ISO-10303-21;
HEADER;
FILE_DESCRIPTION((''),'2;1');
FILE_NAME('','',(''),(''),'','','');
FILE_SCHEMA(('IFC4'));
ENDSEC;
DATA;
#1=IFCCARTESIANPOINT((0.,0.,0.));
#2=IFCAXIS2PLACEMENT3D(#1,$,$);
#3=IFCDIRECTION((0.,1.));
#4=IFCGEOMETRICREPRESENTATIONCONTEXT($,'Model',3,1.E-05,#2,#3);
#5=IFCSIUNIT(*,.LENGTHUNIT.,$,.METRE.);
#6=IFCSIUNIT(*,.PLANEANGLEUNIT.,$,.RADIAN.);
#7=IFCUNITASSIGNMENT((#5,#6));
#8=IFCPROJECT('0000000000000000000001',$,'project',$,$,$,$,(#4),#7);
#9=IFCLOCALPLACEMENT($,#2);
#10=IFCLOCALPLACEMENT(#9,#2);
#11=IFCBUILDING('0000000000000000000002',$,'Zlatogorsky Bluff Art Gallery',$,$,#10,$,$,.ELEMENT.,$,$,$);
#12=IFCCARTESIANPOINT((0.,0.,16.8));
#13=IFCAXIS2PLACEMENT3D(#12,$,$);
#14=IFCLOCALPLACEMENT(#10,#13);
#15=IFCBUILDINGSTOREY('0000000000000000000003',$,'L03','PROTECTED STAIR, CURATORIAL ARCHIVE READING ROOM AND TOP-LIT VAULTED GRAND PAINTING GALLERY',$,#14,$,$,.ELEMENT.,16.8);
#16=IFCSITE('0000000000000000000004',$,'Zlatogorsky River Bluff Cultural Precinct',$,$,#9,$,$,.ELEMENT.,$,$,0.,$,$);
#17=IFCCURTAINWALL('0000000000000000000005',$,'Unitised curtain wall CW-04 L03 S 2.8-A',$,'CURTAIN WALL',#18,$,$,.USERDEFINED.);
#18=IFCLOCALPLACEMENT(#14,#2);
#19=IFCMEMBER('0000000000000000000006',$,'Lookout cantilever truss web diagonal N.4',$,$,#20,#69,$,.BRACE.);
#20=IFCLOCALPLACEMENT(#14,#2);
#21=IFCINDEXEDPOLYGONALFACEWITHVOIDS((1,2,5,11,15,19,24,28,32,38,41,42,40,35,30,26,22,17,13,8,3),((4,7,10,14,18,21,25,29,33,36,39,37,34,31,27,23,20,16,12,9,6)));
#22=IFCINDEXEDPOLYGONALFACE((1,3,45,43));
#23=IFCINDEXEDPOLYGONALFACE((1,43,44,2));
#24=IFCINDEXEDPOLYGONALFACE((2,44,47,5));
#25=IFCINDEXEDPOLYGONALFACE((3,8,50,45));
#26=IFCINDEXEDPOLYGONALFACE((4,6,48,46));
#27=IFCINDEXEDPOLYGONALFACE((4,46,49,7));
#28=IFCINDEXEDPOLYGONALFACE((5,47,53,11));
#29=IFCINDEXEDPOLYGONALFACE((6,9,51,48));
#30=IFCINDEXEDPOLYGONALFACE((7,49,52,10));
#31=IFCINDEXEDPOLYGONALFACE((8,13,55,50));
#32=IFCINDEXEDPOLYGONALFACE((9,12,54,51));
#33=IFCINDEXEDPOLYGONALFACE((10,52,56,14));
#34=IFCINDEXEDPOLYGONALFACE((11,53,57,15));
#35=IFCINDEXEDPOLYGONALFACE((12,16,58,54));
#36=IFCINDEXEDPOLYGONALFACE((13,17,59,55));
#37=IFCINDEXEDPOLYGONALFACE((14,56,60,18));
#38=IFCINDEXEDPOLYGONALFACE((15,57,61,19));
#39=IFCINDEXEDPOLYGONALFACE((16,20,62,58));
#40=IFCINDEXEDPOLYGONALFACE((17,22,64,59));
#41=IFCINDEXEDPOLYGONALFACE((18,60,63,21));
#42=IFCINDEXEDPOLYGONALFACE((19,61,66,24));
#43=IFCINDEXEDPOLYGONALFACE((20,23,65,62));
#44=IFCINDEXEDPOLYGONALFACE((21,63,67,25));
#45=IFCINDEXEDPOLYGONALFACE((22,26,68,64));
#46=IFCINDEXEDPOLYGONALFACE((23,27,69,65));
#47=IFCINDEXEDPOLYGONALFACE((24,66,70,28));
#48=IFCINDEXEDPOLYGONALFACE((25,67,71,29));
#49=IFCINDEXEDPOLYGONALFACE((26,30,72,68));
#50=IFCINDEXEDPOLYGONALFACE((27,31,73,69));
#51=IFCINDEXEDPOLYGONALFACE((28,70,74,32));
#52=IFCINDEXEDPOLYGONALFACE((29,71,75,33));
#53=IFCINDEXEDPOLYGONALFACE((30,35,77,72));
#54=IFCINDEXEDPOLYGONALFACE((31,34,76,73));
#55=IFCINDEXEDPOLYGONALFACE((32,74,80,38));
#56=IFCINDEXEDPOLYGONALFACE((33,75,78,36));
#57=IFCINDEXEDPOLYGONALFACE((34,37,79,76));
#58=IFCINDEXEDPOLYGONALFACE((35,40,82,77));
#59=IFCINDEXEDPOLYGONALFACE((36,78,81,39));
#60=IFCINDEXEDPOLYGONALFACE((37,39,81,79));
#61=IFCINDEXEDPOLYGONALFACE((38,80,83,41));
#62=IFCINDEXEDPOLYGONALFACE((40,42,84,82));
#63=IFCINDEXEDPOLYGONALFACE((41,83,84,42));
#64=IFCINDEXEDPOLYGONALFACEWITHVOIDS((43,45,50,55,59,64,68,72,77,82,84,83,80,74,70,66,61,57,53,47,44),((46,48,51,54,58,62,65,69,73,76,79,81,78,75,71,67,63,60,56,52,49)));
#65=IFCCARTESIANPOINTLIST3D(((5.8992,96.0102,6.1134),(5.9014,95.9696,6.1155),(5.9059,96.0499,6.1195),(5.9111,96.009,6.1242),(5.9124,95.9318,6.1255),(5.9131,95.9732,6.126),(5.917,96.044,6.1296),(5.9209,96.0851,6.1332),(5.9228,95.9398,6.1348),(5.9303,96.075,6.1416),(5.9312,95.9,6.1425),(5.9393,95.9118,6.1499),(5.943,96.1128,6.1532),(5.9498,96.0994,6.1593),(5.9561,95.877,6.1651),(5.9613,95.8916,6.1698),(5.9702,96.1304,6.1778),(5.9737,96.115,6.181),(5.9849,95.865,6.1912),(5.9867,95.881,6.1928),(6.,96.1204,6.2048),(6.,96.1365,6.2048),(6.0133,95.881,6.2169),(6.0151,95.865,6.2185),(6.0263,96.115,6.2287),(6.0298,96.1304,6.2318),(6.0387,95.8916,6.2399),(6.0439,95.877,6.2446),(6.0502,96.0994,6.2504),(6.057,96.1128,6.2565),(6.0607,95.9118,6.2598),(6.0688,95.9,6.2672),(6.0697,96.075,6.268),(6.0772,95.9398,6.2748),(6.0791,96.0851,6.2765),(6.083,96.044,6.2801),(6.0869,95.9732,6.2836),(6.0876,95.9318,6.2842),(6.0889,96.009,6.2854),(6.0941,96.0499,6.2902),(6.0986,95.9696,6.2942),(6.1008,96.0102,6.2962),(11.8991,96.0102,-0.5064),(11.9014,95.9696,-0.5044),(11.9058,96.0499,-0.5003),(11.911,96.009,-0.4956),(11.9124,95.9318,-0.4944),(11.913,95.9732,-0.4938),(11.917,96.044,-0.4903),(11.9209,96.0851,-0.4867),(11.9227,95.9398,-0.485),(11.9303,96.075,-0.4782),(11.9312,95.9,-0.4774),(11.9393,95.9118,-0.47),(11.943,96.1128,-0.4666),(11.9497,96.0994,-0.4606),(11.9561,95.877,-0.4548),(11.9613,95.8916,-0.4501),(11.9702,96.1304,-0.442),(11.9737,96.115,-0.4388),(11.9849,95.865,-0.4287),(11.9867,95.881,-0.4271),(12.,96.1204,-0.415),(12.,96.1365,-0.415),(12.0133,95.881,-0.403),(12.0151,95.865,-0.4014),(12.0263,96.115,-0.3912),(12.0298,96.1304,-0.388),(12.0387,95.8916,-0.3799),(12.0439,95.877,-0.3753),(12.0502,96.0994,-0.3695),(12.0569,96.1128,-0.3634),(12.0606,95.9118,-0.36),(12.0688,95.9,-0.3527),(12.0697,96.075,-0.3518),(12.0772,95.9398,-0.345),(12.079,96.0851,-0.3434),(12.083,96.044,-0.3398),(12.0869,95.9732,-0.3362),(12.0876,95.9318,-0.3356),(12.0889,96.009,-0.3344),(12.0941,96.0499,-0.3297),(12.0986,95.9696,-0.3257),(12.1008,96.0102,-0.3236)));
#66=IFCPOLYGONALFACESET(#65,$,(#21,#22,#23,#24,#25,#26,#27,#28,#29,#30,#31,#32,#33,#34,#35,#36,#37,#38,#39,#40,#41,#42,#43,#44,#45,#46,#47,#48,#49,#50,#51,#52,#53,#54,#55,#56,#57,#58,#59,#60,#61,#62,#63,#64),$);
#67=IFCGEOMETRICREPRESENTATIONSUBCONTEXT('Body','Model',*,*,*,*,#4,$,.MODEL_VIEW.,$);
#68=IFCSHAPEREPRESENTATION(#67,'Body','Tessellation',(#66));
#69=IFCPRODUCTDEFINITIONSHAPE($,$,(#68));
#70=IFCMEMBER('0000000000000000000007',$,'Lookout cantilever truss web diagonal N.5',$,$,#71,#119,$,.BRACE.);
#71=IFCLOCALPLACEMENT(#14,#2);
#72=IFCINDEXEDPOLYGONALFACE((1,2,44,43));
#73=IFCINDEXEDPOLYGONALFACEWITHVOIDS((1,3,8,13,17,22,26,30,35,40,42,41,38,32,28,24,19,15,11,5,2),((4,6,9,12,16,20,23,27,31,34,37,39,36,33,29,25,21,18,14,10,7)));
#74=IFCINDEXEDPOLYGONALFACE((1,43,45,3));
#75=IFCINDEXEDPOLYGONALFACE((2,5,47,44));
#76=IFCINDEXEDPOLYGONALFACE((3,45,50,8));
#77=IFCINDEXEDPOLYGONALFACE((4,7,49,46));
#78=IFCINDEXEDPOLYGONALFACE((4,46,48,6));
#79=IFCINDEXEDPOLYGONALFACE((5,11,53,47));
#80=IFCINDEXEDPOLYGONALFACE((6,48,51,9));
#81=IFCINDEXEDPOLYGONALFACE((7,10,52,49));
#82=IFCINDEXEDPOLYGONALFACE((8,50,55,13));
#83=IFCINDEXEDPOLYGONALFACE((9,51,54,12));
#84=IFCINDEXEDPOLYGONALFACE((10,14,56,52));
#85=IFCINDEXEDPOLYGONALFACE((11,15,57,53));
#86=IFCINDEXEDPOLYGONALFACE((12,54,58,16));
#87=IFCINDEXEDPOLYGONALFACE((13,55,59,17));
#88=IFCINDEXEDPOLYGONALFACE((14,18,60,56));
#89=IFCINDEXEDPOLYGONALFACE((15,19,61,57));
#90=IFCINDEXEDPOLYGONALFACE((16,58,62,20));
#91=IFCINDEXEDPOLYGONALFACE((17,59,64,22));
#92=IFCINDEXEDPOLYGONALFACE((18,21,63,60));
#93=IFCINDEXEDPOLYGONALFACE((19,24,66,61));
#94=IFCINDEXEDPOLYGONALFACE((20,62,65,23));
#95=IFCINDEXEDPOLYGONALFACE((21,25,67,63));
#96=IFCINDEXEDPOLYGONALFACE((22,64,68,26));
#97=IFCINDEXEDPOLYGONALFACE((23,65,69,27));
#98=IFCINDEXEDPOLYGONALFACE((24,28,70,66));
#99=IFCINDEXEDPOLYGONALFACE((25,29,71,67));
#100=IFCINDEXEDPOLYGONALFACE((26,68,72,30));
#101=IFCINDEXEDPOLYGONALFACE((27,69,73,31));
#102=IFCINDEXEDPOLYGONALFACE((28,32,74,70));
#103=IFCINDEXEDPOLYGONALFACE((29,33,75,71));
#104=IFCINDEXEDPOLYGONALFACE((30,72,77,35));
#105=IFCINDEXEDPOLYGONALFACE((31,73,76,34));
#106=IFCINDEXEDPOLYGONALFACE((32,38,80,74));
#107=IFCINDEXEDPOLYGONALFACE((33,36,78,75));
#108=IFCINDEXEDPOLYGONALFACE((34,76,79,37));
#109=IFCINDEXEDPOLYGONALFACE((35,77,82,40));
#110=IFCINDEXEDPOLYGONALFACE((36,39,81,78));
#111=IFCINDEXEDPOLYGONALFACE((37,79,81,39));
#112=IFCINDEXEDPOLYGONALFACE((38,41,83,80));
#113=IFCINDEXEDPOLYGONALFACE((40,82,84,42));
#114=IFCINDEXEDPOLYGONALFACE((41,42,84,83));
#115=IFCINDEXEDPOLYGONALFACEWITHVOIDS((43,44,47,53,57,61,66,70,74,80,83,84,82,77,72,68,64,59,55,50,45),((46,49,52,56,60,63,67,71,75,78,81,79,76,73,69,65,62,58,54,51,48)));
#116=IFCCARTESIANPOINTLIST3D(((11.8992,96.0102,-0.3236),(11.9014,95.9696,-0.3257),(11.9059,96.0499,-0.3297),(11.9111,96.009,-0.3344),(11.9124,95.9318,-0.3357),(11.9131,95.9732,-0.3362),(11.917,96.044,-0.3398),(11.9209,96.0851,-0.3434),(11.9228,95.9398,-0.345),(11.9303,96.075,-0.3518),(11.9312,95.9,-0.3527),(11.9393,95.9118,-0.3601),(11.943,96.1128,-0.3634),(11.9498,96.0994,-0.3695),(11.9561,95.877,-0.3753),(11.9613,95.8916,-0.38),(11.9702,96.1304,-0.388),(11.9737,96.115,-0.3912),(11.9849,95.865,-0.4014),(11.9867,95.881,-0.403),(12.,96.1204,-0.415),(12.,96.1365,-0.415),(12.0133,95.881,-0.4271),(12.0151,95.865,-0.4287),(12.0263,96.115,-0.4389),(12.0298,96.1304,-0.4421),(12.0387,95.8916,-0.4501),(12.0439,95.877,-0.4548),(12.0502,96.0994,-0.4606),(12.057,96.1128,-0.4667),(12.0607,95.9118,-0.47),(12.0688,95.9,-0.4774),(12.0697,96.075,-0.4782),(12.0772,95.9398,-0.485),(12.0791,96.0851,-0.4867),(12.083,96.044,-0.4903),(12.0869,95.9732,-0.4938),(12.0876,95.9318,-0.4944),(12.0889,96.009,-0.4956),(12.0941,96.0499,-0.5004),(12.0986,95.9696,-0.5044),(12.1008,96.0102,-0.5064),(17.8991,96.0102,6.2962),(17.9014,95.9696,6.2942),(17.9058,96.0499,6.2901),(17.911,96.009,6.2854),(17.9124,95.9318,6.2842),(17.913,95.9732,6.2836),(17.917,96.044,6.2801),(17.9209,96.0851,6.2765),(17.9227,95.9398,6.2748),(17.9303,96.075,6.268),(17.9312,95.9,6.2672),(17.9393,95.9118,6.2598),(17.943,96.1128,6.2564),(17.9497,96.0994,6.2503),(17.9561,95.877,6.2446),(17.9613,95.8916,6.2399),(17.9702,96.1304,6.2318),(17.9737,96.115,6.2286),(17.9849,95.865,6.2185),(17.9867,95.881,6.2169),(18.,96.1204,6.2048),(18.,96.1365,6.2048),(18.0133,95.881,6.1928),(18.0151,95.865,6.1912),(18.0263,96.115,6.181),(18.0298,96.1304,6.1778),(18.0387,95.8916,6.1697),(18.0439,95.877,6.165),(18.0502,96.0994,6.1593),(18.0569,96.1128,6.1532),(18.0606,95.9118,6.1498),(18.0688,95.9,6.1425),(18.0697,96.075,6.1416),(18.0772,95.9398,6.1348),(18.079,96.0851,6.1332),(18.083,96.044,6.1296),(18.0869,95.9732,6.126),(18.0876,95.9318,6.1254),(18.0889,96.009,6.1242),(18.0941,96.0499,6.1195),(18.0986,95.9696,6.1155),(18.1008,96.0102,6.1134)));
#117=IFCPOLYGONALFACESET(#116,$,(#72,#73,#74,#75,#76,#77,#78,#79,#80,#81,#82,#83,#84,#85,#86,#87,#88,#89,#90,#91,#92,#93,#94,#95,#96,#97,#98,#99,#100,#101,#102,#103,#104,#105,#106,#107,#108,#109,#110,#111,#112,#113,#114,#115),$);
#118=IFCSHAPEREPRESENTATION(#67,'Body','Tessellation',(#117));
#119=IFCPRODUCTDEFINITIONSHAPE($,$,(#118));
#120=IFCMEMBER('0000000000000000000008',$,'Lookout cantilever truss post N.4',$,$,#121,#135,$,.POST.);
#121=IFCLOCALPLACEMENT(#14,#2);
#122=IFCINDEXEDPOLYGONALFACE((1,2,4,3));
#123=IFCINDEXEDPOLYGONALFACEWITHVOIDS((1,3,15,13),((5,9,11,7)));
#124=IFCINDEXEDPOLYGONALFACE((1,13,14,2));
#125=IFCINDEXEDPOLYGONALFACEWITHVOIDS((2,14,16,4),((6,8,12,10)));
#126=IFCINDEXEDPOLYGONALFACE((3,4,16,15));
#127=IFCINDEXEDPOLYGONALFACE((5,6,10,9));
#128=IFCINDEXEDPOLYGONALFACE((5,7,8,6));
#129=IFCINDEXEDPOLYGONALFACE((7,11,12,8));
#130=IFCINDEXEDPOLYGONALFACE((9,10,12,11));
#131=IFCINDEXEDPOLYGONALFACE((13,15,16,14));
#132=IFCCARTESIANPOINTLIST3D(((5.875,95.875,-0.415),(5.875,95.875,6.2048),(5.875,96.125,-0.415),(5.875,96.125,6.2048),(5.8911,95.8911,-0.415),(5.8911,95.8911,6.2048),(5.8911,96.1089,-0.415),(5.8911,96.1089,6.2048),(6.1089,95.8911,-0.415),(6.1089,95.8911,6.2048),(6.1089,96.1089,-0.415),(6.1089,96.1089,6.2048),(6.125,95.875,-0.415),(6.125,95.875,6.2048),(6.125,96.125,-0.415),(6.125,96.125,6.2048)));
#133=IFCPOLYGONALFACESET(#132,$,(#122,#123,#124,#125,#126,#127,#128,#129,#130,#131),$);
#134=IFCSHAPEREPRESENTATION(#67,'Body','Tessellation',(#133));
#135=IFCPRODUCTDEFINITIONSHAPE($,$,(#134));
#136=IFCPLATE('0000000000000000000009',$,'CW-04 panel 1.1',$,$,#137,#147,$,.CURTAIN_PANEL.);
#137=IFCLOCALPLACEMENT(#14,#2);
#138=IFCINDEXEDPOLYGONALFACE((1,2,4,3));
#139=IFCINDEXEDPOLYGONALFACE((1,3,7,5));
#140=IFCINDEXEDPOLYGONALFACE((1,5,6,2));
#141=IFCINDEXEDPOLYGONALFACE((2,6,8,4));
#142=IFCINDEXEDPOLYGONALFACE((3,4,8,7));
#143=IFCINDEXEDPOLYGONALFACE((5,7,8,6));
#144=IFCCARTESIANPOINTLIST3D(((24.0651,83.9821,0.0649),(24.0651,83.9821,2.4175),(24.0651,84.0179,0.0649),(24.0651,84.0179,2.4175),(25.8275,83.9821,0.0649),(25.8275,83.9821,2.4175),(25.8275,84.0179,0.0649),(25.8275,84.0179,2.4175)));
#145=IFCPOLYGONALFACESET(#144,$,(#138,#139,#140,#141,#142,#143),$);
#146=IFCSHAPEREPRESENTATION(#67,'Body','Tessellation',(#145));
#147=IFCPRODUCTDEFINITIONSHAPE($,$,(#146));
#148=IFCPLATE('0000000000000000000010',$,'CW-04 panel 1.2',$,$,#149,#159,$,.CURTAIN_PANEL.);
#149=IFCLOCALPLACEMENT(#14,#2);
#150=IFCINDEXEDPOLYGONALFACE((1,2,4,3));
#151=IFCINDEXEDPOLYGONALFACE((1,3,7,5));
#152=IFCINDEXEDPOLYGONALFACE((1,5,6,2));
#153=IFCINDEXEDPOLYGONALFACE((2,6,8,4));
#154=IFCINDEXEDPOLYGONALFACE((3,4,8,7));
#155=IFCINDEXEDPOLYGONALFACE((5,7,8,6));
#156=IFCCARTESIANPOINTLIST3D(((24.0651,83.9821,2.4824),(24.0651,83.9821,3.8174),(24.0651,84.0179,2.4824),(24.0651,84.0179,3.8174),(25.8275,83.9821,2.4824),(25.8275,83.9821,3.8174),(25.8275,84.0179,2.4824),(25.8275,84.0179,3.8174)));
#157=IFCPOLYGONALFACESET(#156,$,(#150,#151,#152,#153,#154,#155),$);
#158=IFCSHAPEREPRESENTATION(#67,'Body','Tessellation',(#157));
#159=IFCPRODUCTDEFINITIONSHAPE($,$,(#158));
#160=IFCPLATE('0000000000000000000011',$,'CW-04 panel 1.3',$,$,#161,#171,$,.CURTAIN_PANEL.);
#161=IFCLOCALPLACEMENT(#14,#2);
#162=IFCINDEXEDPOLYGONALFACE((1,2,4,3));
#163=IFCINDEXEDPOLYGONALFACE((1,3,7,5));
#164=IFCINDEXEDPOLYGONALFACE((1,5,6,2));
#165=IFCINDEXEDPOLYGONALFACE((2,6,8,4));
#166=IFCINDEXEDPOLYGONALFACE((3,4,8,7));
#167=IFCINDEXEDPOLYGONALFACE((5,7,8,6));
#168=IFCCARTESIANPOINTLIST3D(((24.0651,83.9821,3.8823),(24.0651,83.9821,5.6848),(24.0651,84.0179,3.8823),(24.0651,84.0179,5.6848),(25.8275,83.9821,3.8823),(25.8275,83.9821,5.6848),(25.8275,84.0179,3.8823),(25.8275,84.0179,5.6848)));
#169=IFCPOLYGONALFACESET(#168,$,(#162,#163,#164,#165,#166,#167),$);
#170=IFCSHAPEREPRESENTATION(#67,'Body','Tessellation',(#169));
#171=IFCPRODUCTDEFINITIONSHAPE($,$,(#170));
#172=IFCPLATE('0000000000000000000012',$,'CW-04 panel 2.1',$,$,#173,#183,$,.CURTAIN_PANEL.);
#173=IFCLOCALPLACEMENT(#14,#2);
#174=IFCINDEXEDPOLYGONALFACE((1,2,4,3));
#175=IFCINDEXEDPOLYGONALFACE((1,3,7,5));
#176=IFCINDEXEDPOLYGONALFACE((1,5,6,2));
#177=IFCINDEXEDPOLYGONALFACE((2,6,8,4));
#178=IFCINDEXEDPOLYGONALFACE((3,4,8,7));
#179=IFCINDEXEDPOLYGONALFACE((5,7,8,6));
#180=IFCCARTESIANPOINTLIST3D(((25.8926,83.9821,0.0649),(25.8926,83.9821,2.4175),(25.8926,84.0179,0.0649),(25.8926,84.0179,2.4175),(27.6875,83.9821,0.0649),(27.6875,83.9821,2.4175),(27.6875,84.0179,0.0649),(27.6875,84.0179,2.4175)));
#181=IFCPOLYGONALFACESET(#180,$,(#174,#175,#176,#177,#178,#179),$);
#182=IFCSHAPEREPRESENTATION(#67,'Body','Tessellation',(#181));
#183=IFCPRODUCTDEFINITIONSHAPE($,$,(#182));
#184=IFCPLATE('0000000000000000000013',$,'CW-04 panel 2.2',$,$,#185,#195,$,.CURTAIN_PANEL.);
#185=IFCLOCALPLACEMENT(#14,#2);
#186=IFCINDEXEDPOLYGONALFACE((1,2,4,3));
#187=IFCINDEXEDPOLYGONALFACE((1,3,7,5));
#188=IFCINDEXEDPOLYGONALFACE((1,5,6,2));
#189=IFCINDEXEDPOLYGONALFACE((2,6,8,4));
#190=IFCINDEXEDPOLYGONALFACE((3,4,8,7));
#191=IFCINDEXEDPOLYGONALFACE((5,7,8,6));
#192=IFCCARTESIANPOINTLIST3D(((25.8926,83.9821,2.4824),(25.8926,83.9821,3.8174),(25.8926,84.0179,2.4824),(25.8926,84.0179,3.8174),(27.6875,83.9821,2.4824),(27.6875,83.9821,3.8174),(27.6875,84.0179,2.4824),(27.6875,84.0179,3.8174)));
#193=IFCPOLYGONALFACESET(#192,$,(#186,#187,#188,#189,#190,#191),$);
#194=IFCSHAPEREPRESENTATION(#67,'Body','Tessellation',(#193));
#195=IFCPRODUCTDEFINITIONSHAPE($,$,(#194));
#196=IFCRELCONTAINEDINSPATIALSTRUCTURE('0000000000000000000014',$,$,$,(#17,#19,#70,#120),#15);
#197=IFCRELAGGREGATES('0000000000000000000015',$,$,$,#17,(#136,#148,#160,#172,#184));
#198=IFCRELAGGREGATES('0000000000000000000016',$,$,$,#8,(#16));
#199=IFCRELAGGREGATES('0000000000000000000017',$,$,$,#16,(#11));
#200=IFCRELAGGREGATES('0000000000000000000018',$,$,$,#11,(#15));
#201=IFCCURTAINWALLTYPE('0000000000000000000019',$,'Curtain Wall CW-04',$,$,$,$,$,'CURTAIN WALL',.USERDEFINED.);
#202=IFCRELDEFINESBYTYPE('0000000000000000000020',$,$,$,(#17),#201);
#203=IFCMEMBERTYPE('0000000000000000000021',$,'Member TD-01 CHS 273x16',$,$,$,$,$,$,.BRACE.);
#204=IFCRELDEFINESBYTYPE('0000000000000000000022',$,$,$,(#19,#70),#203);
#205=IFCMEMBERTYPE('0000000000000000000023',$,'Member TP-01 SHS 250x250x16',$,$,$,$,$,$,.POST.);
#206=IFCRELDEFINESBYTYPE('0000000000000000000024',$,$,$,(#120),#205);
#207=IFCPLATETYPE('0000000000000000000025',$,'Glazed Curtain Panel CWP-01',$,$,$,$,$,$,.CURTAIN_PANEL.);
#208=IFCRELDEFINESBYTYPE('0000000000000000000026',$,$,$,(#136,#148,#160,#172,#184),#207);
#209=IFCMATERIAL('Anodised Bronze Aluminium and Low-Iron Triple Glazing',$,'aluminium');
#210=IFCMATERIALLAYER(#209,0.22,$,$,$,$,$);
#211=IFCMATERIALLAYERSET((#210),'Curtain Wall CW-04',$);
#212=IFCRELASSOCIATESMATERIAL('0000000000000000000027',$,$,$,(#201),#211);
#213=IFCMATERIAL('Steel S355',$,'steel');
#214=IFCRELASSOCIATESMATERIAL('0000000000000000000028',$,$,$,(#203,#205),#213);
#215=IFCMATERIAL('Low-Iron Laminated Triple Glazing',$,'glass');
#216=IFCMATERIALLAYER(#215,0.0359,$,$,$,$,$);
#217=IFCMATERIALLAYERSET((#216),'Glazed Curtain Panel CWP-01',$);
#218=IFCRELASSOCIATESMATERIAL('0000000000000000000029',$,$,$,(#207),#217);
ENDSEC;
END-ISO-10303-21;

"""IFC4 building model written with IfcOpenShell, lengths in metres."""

from ifc_helpers import new_model, si_unit, direction, frame, origin, origin_2d, place, context, subcontext, project, spatial, rectangle, hollow_rectangle, hollow_circle, extrude, material, layer, layer_set, material_profile, profile_set, type_object, element, aggregate, save


model = new_model("IFC4")

# Units and contexts
model_context = context("Model", 3, precision=1e-05, world=origin(), true_north=direction((0.0, 1.0)))
body_context = subcontext(model_context, "Body", "Model", "MODEL_VIEW")
ifc_project = project(units=[si_unit("LENGTHUNIT", "METRE"), si_unit("PLANEANGLEUNIT", "RADIAN")], contexts=[model_context])

# Site, building, storey
site_placement = place(None, origin())
site = spatial("IfcSite", under=ifc_project, at=site_placement, Name="Zlatogorsky River Bluff Cultural Precinct", CompositionType="ELEMENT", RefElevation=0.0)
building_placement = place(site_placement, origin())
building = spatial("IfcBuilding", under=site, at=building_placement, Name="Zlatogorsky Bluff Art Gallery", CompositionType="ELEMENT")
storey_placement = place(building_placement, frame((0.0, 0.0, 16.8)))
storey = spatial("IfcBuildingStorey", under=building, at=storey_placement, Name="L03", Description="PROTECTED STAIR, CURATORIAL ARCHIVE READING ROOM AND TOP-LIT VAULTED GRAND PAINTING GALLERY", CompositionType="ELEMENT", Elevation=16.8)

# Shared definitions
ifc_material_1 = material(Name="Steel S355", Category="steel")

# Curtain wall
ifc_material_2 = material(Name="Anodised Bronze Aluminium and Low-Iron Triple Glazing", Category="aluminium")
ifc_layer_1 = layer(ifc_material_2, 0.22)
ifc_layer_set_1 = layer_set([ifc_layer_1], Name="Curtain Wall CW-04")
curtain_wall_type = type_object("IfcCurtainWallType", Name="Curtain Wall CW-04", ElementType="CURTAIN WALL", PredefinedType="USERDEFINED", material=ifc_layer_set_1)
curtain_wall_placement = place(storey_placement, origin())
curtain_wall = element("IfcCurtainWall", 1, at=curtain_wall_placement, inside=storey, type_object=curtain_wall_type, Name="Unitised curtain wall CW-04 L03 S 2.8-A", ObjectType="CURTAIN WALL", PredefinedType="USERDEFINED")

# Members
ifc_material_profile_1 = material_profile(ifc_material_1, hollow_circle(Radius=0.1365, WallThickness=0.0161, at=origin_2d()), Name="CHS 273x16")
ifc_profile_set_1 = profile_set([ifc_material_profile_1], Name="Steel S355")
member_type_1 = type_object("IfcMemberType", Name="Member TD-01 CHS 273x16", PredefinedType="BRACE", material=ifc_profile_set_1)
for number, where, z_axis, x_axis, name in (
    (2, (6.0, 96.0, 6.2048), (0.671565, 0.0, -0.740946), (0.0, 1.0, 0.0), "Lookout cantilever truss web diagonal N.4"),
    (3, (12.0, 96.0, -0.415), (0.671565, 0.0, 0.740946), (0.0, 1.0, 0.0), "Lookout cantilever truss web diagonal N.5"),
):
    element("IfcMember", number, at=place(storey_placement, frame(where, z_axis=z_axis, x_axis=x_axis)), inside=storey, type_object=member_type_1, Name=name, PredefinedType="BRACE", context=body_context, shape_type="SweptSolid", body=[
        extrude(hollow_circle(Radius=0.1365, WallThickness=0.0161, at=origin_2d()), origin(), (0.0, 0.0, 1.0), 8.9343),
    ])
ifc_material_profile_2 = material_profile(ifc_material_1, hollow_rectangle(XDim=0.25, YDim=0.25, WallThickness=0.0161, at=origin_2d()), Name="SHS 250x250x16")
ifc_profile_set_2 = profile_set([ifc_material_profile_2], Name="Steel S355")
member_type_2 = type_object("IfcMemberType", Name="Member TP-01 SHS 250x250x16", PredefinedType="POST", material=ifc_profile_set_2)
member_1_placement = place(storey_placement, frame((6.0, 96.0, -0.415), z_axis=(0.0, 0.0, 1.0), x_axis=(1.0, 0.0, 0.0)))
element("IfcMember", 4, at=member_1_placement, inside=storey, type_object=member_type_2, Name="Lookout cantilever truss post N.4", PredefinedType="POST", context=body_context, shape_type="SweptSolid", body=[
    extrude(hollow_rectangle(XDim=0.25, YDim=0.25, WallThickness=0.0161, at=origin_2d()), origin(), (0.0, 0.0, 1.0), 6.6199),
])

# Plates
ifc_material_3 = material(Name="Low-Iron Laminated Triple Glazing", Category="glass")
ifc_layer_2 = layer(ifc_material_3, 0.0359)
ifc_layer_set_2 = layer_set([ifc_layer_2], Name="Glazed Curtain Panel CWP-01")
plate_type_1 = type_object("IfcPlateType", Name="Glazed Curtain Panel CWP-01", PredefinedType="CURTAIN_PANEL", material=ifc_layer_set_2)
plate_1_placement = place(storey_placement, frame((24.9463, 84.0, 0.0649), z_axis=(0.0, 0.0, 1.0), x_axis=(1.0, 0.0, 0.0)))
plate_1 = element("IfcPlate", 5, at=plate_1_placement, type_object=plate_type_1, Name="CW-04 panel 1.1", PredefinedType="CURTAIN_PANEL", context=body_context, shape_type="SweptSolid", body=[
    extrude(rectangle(XDim=1.7625, YDim=0.0359, at=origin_2d()), origin(), (0.0, 0.0, 1.0), 2.3525),
])
plate_2_placement = place(storey_placement, frame((24.9463, 84.0, 2.4824), z_axis=(0.0, 0.0, 1.0), x_axis=(1.0, 0.0, 0.0)))
plate_2 = element("IfcPlate", 6, at=plate_2_placement, type_object=plate_type_1, Name="CW-04 panel 1.2", PredefinedType="CURTAIN_PANEL", context=body_context, shape_type="SweptSolid", body=[
    extrude(rectangle(XDim=1.7625, YDim=0.0359, at=origin_2d()), origin(), (0.0, 0.0, 1.0), 1.335),
])
plate_3_placement = place(storey_placement, frame((24.9463, 84.0, 3.8823), z_axis=(0.0, 0.0, 1.0), x_axis=(1.0, 0.0, 0.0)))
plate_3 = element("IfcPlate", 7, at=plate_3_placement, type_object=plate_type_1, Name="CW-04 panel 1.3", PredefinedType="CURTAIN_PANEL", context=body_context, shape_type="SweptSolid", body=[
    extrude(rectangle(XDim=1.7625, YDim=0.0359, at=origin_2d()), origin(), (0.0, 0.0, 1.0), 1.8025),
])
plate_4_placement = place(storey_placement, frame((26.79, 84.0, 0.0649), z_axis=(0.0, 0.0, 1.0), x_axis=(1.0, 0.0, 0.0)))
plate_4 = element("IfcPlate", 8, at=plate_4_placement, type_object=plate_type_1, Name="CW-04 panel 2.1", PredefinedType="CURTAIN_PANEL", context=body_context, shape_type="SweptSolid", body=[
    extrude(rectangle(XDim=1.7949, YDim=0.0359, at=origin_2d()), origin(), (0.0, 0.0, 1.0), 2.3525),
])
plate_5_placement = place(storey_placement, frame((26.79, 84.0, 2.4824), z_axis=(0.0, 0.0, 1.0), x_axis=(1.0, 0.0, 0.0)))
plate_5 = element("IfcPlate", 9, at=plate_5_placement, type_object=plate_type_1, Name="CW-04 panel 2.2", PredefinedType="CURTAIN_PANEL", context=body_context, shape_type="SweptSolid", body=[
    extrude(rectangle(XDim=1.7949, YDim=0.0359, at=origin_2d()), origin(), (0.0, 0.0, 1.0), 1.335),
])
aggregate(curtain_wall, [plate_1, plate_2, plate_3, plate_4, plate_5])

save(model, "model.ifc")
